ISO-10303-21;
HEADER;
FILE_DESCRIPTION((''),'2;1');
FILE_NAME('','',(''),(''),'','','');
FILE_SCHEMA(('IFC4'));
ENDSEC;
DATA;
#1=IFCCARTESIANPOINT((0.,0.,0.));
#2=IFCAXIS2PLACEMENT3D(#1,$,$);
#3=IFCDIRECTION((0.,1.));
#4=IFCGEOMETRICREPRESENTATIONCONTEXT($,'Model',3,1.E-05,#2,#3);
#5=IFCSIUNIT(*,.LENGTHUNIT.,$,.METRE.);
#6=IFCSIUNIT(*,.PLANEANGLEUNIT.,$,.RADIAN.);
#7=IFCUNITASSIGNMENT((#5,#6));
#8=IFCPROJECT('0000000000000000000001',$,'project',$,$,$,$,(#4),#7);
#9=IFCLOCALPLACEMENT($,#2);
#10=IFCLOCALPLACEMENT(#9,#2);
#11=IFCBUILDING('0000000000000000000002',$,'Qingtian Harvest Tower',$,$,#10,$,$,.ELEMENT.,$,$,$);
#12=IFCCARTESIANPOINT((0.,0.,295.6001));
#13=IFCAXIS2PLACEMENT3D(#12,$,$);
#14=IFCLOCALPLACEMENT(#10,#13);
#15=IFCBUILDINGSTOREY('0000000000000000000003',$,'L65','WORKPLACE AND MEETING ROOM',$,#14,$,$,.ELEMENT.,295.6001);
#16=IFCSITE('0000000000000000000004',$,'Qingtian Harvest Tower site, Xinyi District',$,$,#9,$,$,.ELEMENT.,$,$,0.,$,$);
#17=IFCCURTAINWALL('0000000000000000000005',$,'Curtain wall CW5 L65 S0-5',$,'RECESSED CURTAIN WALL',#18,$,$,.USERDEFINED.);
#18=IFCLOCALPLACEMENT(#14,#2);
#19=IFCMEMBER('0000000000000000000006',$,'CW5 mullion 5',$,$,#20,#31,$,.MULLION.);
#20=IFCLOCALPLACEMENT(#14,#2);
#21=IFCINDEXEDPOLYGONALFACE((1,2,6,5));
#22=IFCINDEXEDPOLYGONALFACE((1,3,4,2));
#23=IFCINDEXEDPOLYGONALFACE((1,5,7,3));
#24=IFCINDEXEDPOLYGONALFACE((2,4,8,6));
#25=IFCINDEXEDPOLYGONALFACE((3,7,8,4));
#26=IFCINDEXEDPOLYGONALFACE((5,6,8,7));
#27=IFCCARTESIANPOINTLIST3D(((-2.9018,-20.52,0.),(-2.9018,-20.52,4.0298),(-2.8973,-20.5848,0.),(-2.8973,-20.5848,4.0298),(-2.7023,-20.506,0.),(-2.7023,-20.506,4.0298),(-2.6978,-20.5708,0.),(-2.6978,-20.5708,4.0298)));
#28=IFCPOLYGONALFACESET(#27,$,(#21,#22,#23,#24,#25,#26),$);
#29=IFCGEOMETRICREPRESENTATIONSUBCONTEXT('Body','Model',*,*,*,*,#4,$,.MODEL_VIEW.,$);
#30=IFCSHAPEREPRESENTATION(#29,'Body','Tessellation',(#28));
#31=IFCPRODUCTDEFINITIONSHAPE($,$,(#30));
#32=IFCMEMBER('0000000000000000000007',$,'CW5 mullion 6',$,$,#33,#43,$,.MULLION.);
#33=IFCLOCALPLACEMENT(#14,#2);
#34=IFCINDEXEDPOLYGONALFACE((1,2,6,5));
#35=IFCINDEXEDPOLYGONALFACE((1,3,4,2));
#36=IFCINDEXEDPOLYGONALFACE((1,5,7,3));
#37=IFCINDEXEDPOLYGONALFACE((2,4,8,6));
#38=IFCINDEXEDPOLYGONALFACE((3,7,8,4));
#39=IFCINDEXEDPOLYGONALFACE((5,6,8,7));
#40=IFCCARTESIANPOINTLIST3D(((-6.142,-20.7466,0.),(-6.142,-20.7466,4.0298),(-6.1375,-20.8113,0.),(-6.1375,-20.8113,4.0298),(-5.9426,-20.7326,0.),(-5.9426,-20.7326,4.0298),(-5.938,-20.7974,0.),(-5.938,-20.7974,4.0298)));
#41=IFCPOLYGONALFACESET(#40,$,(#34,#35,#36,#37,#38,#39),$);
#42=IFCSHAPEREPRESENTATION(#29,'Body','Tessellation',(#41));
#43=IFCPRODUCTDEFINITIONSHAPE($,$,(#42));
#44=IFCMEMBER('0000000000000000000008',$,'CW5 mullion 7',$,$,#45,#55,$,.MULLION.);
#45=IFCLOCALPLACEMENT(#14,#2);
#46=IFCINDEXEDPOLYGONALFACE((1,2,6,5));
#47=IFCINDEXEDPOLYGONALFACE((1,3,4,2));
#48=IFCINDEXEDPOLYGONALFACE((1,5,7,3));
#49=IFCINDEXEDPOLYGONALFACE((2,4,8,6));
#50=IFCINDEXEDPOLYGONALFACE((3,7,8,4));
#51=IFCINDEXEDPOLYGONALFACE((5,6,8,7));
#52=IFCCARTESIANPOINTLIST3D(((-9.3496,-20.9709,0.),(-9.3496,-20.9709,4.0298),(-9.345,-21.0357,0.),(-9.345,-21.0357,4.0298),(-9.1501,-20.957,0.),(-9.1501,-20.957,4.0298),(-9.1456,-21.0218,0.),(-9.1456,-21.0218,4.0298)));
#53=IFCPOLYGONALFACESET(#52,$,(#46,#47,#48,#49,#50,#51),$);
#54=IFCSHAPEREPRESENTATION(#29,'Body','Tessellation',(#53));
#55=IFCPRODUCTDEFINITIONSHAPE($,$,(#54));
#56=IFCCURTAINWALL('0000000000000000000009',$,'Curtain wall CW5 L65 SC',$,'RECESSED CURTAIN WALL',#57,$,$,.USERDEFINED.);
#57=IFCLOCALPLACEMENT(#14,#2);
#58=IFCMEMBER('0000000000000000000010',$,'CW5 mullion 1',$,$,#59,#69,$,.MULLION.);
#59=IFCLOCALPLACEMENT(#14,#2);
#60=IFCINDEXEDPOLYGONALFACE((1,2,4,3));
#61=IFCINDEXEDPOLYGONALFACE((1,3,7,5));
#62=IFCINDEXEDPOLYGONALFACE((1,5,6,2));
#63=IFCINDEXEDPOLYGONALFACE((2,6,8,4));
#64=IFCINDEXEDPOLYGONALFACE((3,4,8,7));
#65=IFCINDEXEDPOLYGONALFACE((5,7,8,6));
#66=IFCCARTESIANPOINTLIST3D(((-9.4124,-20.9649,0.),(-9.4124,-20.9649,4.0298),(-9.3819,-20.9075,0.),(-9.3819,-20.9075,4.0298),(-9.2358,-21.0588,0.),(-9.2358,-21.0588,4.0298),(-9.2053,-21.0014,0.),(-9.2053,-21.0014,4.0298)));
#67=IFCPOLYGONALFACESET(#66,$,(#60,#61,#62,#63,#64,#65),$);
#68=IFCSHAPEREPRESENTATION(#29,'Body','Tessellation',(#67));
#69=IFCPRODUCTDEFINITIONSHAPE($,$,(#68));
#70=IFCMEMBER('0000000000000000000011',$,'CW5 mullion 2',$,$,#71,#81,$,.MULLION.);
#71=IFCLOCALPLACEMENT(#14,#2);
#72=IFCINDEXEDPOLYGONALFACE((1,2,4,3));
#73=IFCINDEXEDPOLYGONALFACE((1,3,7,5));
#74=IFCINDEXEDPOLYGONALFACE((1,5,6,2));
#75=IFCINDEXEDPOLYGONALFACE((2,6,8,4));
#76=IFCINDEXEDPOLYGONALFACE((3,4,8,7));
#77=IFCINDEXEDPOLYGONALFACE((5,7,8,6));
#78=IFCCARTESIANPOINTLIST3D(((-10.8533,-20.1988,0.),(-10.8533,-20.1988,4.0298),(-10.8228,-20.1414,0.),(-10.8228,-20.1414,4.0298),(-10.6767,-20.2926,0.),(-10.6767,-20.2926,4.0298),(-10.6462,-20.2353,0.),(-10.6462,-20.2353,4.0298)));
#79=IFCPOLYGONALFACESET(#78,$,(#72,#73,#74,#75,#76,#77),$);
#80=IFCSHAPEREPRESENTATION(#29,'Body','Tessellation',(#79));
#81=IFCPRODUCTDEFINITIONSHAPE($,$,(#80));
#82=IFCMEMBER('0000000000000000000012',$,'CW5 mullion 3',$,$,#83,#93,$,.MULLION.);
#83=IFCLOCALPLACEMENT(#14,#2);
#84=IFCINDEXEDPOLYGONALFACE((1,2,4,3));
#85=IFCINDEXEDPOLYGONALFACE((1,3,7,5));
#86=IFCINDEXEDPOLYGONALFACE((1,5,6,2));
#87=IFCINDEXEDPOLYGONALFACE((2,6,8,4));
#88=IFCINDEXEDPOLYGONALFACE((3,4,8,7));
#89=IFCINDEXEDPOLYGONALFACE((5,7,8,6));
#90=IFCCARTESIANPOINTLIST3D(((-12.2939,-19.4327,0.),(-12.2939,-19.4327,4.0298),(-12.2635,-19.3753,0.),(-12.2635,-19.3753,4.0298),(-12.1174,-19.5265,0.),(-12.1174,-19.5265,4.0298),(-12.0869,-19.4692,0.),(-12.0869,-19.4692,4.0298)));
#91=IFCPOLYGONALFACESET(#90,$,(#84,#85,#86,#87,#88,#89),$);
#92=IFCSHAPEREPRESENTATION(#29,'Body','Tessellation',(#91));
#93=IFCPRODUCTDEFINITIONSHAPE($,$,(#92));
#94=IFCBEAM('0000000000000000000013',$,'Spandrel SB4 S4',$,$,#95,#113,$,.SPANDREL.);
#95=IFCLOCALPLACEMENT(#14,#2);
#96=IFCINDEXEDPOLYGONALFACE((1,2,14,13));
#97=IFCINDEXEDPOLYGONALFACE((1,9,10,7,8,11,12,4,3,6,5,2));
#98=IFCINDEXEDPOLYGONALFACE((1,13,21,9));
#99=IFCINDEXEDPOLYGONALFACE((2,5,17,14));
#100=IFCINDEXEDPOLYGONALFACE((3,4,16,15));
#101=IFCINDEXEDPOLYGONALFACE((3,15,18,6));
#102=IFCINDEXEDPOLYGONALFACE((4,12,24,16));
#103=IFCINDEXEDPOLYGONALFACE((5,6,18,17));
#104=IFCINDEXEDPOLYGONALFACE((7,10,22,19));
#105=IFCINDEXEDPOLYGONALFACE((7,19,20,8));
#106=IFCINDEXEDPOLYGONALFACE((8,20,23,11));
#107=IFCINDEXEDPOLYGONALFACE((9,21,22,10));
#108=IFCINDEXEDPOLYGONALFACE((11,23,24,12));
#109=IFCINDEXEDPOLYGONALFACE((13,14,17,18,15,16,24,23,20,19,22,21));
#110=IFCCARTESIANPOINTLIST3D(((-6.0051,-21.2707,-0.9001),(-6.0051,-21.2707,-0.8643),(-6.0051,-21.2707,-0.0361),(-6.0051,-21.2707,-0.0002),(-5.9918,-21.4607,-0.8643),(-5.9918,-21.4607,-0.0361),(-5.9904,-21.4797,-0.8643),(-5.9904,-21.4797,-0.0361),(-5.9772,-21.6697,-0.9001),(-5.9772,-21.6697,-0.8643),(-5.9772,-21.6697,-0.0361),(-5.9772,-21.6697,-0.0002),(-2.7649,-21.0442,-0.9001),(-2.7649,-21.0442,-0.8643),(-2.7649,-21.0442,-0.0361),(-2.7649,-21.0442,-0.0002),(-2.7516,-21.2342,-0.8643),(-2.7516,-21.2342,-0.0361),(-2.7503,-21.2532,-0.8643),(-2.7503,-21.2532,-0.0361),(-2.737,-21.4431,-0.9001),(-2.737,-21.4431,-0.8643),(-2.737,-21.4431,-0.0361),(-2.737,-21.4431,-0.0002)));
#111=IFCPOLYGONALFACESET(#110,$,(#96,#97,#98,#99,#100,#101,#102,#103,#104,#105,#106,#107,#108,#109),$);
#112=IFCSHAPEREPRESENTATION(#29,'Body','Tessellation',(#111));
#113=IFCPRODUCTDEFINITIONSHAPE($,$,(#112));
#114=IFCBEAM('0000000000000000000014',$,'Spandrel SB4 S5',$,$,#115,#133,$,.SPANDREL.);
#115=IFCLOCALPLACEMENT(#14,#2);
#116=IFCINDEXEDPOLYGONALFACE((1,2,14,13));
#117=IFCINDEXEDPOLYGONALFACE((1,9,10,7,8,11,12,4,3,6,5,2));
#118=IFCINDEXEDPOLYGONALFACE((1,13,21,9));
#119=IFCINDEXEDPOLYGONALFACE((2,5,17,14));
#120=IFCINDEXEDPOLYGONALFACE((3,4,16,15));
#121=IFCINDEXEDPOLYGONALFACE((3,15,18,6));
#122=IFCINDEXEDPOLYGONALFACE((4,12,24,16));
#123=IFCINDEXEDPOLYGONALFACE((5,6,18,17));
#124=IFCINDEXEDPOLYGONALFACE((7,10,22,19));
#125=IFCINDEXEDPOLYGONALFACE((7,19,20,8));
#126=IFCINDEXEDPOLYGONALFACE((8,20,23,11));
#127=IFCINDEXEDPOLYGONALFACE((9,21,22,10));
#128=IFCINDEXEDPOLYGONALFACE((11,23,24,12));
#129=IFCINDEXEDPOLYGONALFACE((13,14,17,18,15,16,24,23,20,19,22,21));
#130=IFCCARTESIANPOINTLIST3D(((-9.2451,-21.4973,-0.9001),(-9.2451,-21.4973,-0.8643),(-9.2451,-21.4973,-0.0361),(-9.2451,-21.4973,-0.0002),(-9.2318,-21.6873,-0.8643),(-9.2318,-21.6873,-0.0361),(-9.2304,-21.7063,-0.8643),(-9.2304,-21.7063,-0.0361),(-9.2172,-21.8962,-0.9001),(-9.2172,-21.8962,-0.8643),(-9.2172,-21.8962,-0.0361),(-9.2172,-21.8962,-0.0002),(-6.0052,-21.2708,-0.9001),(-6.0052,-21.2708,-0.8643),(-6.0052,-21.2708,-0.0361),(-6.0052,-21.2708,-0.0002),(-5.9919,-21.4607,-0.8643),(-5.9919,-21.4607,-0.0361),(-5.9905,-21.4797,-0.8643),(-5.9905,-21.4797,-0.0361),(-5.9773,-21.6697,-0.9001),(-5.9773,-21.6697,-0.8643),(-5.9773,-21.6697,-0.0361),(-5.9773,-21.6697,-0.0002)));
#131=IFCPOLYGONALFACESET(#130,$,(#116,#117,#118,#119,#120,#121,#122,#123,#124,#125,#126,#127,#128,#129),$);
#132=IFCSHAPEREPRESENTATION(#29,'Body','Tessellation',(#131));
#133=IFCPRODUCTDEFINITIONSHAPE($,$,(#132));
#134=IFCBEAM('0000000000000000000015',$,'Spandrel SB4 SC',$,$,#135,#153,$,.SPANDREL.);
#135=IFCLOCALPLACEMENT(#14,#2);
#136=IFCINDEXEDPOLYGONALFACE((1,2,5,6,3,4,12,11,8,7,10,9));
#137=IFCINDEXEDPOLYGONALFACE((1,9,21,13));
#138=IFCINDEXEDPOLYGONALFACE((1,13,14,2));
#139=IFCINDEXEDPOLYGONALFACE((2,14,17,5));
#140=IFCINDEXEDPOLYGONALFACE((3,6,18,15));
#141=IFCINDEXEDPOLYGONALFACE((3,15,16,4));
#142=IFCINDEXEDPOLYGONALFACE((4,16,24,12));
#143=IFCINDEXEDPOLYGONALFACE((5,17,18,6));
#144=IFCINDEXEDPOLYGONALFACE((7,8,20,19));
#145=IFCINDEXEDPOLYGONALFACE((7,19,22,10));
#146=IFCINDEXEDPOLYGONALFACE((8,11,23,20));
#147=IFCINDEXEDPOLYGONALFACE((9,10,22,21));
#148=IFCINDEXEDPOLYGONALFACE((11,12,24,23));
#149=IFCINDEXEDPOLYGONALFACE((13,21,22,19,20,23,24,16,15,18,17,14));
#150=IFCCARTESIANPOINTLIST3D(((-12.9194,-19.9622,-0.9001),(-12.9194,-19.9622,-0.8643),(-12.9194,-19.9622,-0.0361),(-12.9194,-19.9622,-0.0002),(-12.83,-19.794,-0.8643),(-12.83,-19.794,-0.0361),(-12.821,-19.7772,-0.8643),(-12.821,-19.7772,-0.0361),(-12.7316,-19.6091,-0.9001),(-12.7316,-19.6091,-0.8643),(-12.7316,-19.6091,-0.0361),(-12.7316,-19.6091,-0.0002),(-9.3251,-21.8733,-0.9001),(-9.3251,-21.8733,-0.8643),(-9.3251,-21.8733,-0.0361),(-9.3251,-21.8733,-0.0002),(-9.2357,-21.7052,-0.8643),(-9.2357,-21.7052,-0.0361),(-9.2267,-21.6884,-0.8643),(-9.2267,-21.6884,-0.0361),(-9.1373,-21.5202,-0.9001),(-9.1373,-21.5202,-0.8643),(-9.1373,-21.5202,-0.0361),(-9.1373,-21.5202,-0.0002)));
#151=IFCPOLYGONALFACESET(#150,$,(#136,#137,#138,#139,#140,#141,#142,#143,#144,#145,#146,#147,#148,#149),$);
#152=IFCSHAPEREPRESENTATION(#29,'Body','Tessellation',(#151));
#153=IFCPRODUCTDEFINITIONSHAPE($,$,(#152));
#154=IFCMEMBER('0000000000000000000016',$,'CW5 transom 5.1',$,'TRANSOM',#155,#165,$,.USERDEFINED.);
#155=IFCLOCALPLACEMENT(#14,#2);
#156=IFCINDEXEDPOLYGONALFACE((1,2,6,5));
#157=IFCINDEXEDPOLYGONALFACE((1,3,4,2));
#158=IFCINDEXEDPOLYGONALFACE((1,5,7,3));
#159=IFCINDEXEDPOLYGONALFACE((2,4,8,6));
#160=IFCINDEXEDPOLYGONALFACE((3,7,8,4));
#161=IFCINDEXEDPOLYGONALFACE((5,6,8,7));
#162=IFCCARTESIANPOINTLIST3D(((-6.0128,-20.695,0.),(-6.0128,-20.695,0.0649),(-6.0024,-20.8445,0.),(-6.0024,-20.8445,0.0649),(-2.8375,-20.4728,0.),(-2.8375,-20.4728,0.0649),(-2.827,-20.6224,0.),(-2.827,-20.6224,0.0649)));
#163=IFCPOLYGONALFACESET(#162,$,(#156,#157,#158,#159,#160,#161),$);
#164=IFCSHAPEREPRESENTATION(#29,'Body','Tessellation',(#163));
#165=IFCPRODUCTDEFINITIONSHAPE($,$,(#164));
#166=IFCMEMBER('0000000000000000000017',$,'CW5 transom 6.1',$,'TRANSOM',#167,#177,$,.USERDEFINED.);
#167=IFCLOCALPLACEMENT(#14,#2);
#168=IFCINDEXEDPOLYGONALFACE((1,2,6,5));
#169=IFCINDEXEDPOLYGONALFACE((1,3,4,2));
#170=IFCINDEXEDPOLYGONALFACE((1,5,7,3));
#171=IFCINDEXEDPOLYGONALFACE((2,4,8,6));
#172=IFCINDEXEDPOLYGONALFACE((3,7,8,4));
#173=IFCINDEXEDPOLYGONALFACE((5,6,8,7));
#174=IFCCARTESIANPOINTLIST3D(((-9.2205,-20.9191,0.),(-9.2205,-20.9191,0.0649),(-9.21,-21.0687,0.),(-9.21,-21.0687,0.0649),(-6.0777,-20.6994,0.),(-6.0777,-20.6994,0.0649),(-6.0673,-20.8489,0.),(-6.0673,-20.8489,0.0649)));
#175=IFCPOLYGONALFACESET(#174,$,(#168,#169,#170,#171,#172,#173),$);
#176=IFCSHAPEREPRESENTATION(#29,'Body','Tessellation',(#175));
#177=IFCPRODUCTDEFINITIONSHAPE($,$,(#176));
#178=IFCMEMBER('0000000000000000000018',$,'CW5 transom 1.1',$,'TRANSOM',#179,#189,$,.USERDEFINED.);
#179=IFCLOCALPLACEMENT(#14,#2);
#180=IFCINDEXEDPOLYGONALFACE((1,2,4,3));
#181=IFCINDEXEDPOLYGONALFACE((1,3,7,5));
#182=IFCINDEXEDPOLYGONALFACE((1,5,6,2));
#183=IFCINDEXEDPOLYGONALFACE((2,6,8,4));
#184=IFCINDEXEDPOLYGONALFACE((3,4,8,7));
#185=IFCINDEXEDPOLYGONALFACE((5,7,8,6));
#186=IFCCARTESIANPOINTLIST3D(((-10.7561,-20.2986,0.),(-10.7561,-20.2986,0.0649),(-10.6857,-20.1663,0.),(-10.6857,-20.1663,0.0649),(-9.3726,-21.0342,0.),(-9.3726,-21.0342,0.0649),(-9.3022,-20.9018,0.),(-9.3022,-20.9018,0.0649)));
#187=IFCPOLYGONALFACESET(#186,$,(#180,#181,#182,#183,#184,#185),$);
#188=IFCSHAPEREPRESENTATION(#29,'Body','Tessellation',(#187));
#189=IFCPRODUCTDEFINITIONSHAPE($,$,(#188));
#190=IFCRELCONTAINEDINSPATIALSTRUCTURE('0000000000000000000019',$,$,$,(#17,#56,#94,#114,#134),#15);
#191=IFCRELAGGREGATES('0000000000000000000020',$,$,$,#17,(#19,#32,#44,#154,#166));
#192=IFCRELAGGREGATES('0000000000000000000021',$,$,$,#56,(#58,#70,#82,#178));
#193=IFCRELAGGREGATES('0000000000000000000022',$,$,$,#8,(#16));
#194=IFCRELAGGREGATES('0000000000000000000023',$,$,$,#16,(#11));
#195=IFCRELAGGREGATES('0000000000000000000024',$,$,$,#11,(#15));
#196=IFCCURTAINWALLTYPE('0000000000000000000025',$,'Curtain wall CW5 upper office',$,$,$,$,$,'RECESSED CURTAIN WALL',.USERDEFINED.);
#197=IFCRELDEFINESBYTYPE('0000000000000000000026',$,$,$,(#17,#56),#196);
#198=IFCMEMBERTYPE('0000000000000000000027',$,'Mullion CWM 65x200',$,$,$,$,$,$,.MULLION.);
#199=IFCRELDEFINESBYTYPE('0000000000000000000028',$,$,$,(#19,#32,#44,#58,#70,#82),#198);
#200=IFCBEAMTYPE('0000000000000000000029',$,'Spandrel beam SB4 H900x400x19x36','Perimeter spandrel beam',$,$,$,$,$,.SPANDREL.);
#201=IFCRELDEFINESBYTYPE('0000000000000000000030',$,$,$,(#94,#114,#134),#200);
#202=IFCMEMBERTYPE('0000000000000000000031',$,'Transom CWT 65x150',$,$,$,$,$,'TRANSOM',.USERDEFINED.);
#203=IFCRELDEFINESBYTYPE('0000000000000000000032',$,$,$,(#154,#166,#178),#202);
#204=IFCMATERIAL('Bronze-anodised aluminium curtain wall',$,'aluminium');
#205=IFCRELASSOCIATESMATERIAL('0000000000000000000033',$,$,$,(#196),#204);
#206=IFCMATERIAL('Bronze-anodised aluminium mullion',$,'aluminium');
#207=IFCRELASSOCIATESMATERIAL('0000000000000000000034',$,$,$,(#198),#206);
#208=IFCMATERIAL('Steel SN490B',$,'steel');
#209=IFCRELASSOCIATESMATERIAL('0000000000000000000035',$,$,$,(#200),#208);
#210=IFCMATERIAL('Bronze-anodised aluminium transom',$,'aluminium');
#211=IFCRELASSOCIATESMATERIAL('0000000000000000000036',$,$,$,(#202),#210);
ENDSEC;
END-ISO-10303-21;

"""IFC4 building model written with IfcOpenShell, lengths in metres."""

from ifc_helpers import new_model, si_unit, direction, frame, origin, origin_2d, place, context, subcontext, project, spatial, rectangle, i_section, extrude, material, material_profile, profile_set, type_object, element, aggregate, save


model = new_model("IFC4")

# Units and contexts
model_context = context("Model", 3, precision=1e-05, world=origin(), true_north=direction((0.0, 1.0)))
body_context = subcontext(model_context, "Body", "Model", "MODEL_VIEW")
ifc_project = project(units=[si_unit("LENGTHUNIT", "METRE"), si_unit("PLANEANGLEUNIT", "RADIAN")], contexts=[model_context])

# Site, building, storey
site_placement = place(None, origin())
site = spatial("IfcSite", under=ifc_project, at=site_placement, Name="Qingtian Harvest Tower site, Xinyi District", CompositionType="ELEMENT", RefElevation=0.0)
building_placement = place(site_placement, origin())
building = spatial("IfcBuilding", under=site, at=building_placement, Name="Qingtian Harvest Tower", CompositionType="ELEMENT")
storey_placement = place(building_placement, frame((0.0, 0.0, 295.6001)))
storey = spatial("IfcBuildingStorey", under=building, at=storey_placement, Name="L65", Description="WORKPLACE AND MEETING ROOM", CompositionType="ELEMENT", Elevation=295.6001)

# Curtain walls, members
ifc_material_1 = material(Name="Bronze-anodised aluminium curtain wall", Category="aluminium")
curtain_wall_type = type_object("IfcCurtainWallType", Name="Curtain wall CW5 upper office", ElementType="RECESSED CURTAIN WALL", PredefinedType="USERDEFINED", material=ifc_material_1)
curtain_wall_1_placement = place(storey_placement, origin())
curtain_wall_1 = element("IfcCurtainWall", 1, at=curtain_wall_1_placement, inside=storey, type_object=curtain_wall_type, Name="Curtain wall CW5 L65 S0-5", ObjectType="RECESSED CURTAIN WALL", PredefinedType="USERDEFINED")
ifc_material_2 = material(Name="Bronze-anodised aluminium mullion", Category="aluminium")
ifc_material_profile_1 = material_profile(ifc_material_2, rectangle(XDim=0.0649, YDim=0.2, at=origin_2d()), Name="AL 65x200")
ifc_profile_set_1 = profile_set([ifc_material_profile_1], Name="Bronze-anodised aluminium mullion")
member_type_1 = type_object("IfcMemberType", Name="Mullion CWM 65x200", PredefinedType="MULLION", material=ifc_profile_set_1)
member_1_placement = place(storey_placement, frame((-2.7998, -20.5454, 0.0), z_axis=(0.0, 0.0, 1.0), x_axis=(0.069756, -0.997564, 0.0)))
member_1 = element("IfcMember", 2, at=member_1_placement, type_object=member_type_1, Name="CW5 mullion 5", PredefinedType="MULLION", context=body_context, shape_type="SweptSolid", body=[
    extrude(rectangle(XDim=0.0649, YDim=0.2, at=origin_2d()), origin(), (0.0, 0.0, 1.0), 4.0298),
])
member_2_placement = place(storey_placement, frame((-6.04, -20.772, 0.0), z_axis=(0.0, 0.0, 1.0), x_axis=(0.069756, -0.997564, 0.0)))
member_2 = element("IfcMember", 3, at=member_2_placement, type_object=member_type_1, Name="CW5 mullion 6", PredefinedType="MULLION", context=body_context, shape_type="SweptSolid", body=[
    extrude(rectangle(XDim=0.0649, YDim=0.2, at=origin_2d()), origin(), (0.0, 0.0, 1.0), 4.0298),
])
member_3_placement = place(storey_placement, frame((-9.2476, -20.9963, 0.0), z_axis=(0.0, 0.0, 1.0), x_axis=(0.069756, -0.997564, 0.0)))
member_3 = element("IfcMember", 4, at=member_3_placement, type_object=member_type_1, Name="CW5 mullion 7", PredefinedType="MULLION", context=body_context, shape_type="SweptSolid", body=[
    extrude(rectangle(XDim=0.0649, YDim=0.2, at=origin_2d()), origin(), (0.0, 0.0, 1.0), 4.0298),
])
curtain_wall_2_placement = place(storey_placement, origin())
curtain_wall_2 = element("IfcCurtainWall", 5, at=curtain_wall_2_placement, inside=storey, type_object=curtain_wall_type, Name="Curtain wall CW5 L65 SC", ObjectType="RECESSED CURTAIN WALL", PredefinedType="USERDEFINED")
member_4_placement = place(storey_placement, frame((-9.3088, -20.9832, 0.0), z_axis=(0.0, 0.0, 1.0), x_axis=(-0.469472, -0.882948, 0.0)))
member_4 = element("IfcMember", 6, at=member_4_placement, type_object=member_type_1, Name="CW5 mullion 1", PredefinedType="MULLION", context=body_context, shape_type="SweptSolid", body=[
    extrude(rectangle(XDim=0.0649, YDim=0.2, at=origin_2d()), origin(), (0.0, 0.0, 1.0), 4.0298),
])
member_5_placement = place(storey_placement, frame((-10.7498, -20.217, 0.0), z_axis=(0.0, 0.0, 1.0), x_axis=(-0.469472, -0.882948, 0.0)))
member_5 = element("IfcMember", 7, at=member_5_placement, type_object=member_type_1, Name="CW5 mullion 2", PredefinedType="MULLION", context=body_context, shape_type="SweptSolid", body=[
    extrude(rectangle(XDim=0.0649, YDim=0.2, at=origin_2d()), origin(), (0.0, 0.0, 1.0), 4.0298),
])
member_6_placement = place(storey_placement, frame((-12.1904, -19.4509, 0.0), z_axis=(0.0, 0.0, 1.0), x_axis=(-0.469472, -0.882948, 0.0)))
member_6 = element("IfcMember", 8, at=member_6_placement, type_object=member_type_1, Name="CW5 mullion 3", PredefinedType="MULLION", context=body_context, shape_type="SweptSolid", body=[
    extrude(rectangle(XDim=0.0649, YDim=0.2, at=origin_2d()), origin(), (0.0, 0.0, 1.0), 4.0298),
])

# Beams
ifc_material_3 = material(Name="Steel SN490B", Category="steel")
ifc_material_profile_2 = material_profile(ifc_material_3, i_section(OverallWidth=0.3999, OverallDepth=0.8999, WebThickness=0.019, FlangeThickness=0.0359, at=origin_2d()), Name="H900x400x19x36")
ifc_profile_set_2 = profile_set([ifc_material_profile_2], Name="Steel SN490B")
beam_type_1 = type_object("IfcBeamType", Name="Spandrel beam SB4 H900x400x19x36", Description="Perimeter spandrel beam", PredefinedType="SPANDREL", material=ifc_profile_set_2)
beam_1_placement = place(storey_placement, frame((-2.751, -21.2437, -0.4502), z_axis=(-0.997564, -0.069751, 0.0), x_axis=(0.069751, -0.997564, 0.0)))
element("IfcBeam", 9, at=beam_1_placement, inside=storey, type_object=beam_type_1, Name="Spandrel SB4 S4", PredefinedType="SPANDREL", context=body_context, shape_type="SweptSolid", body=[
    extrude(i_section(OverallWidth=0.3999, OverallDepth=0.8999, WebThickness=0.019, FlangeThickness=0.0359, at=origin_2d()), origin(), (0.0, 0.0, 1.0), 3.248),
])
beam_2_placement = place(storey_placement, frame((-5.9912, -21.4702, -0.4502), z_axis=(-0.997564, -0.069757, 0.0), x_axis=(0.069757, -0.997564, 0.0)))
element("IfcBeam", 10, at=beam_2_placement, inside=storey, type_object=beam_type_1, Name="Spandrel SB4 S5", PredefinedType="SPANDREL", context=body_context, shape_type="SweptSolid", body=[
    extrude(i_section(OverallWidth=0.3999, OverallDepth=0.8999, WebThickness=0.019, FlangeThickness=0.0359, at=origin_2d()), origin(), (0.0, 0.0, 1.0), 3.2478),
])
beam_3_placement = place(storey_placement, frame((-9.2312, -21.6968, -0.4502), z_axis=(-0.882943, 0.46948, 0.0), x_axis=(-0.46948, -0.882943, 0.0)))
element("IfcBeam", 11, at=beam_3_placement, inside=storey, type_object=beam_type_1, Name="Spandrel SB4 SC", PredefinedType="SPANDREL", context=body_context, shape_type="SweptSolid", body=[
    extrude(i_section(OverallWidth=0.3999, OverallDepth=0.8999, WebThickness=0.019, FlangeThickness=0.0359, at=origin_2d()), origin(), (0.0, 0.0, 1.0), 4.0708),
])

# Members
ifc_material_4 = material(Name="Bronze-anodised aluminium transom", Category="aluminium")
ifc_material_profile_3 = material_profile(ifc_material_4, rectangle(XDim=0.1499, YDim=0.0649, at=origin_2d()), Name="AL 65x150")
ifc_profile_set_3 = profile_set([ifc_material_profile_3], Name="Bronze-anodised aluminium transom")
member_type_2 = type_object("IfcMemberType", Name="Transom CWT 65x150", ElementType="TRANSOM", PredefinedType="USERDEFINED", material=ifc_profile_set_3)
member_7_placement = place(storey_placement, frame((-2.8323, -20.5476, 0.0325), z_axis=(-0.997561, -0.069797, 0.0), x_axis=(0.069797, -0.997561, 0.0)))
member_7 = element("IfcMember", 12, at=member_7_placement, type_object=member_type_2, Name="CW5 transom 5.1", ObjectType="TRANSOM", PredefinedType="USERDEFINED", context=body_context, shape_type="SweptSolid", body=[
    extrude(rectangle(XDim=0.1499, YDim=0.0649, at=origin_2d()), origin(), (0.0, 0.0, 1.0), 3.1831),
])
member_8_placement = place(storey_placement, frame((-6.0725, -20.7742, 0.0325), z_axis=(-0.997565, -0.069744, 0.0), x_axis=(0.069744, -0.997565, 0.0)))
member_8 = element("IfcMember", 13, at=member_8_placement, type_object=member_type_2, Name="CW5 transom 6.1", ObjectType="TRANSOM", PredefinedType="USERDEFINED", context=body_context, shape_type="SweptSolid", body=[
    extrude(rectangle(XDim=0.1499, YDim=0.0649, at=origin_2d()), origin(), (0.0, 0.0, 1.0), 3.1504),
])
member_9_placement = place(storey_placement, frame((-9.3374, -20.968, 0.0325), z_axis=(-0.88296, 0.469448, 0.0), x_axis=(-0.469448, -0.88296, 0.0)))
member_9 = element("IfcMember", 14, at=member_9_placement, type_object=member_type_2, Name="CW5 transom 1.1", ObjectType="TRANSOM", PredefinedType="USERDEFINED", context=body_context, shape_type="SweptSolid", body=[
    extrude(rectangle(XDim=0.1499, YDim=0.0649, at=origin_2d()), origin(), (0.0, 0.0, 1.0), 1.5669),
])

aggregate(curtain_wall_1, [member_1, member_2, member_3, member_7, member_8])
aggregate(curtain_wall_2, [member_4, member_5, member_6, member_9])

save(model, "model.ifc")
